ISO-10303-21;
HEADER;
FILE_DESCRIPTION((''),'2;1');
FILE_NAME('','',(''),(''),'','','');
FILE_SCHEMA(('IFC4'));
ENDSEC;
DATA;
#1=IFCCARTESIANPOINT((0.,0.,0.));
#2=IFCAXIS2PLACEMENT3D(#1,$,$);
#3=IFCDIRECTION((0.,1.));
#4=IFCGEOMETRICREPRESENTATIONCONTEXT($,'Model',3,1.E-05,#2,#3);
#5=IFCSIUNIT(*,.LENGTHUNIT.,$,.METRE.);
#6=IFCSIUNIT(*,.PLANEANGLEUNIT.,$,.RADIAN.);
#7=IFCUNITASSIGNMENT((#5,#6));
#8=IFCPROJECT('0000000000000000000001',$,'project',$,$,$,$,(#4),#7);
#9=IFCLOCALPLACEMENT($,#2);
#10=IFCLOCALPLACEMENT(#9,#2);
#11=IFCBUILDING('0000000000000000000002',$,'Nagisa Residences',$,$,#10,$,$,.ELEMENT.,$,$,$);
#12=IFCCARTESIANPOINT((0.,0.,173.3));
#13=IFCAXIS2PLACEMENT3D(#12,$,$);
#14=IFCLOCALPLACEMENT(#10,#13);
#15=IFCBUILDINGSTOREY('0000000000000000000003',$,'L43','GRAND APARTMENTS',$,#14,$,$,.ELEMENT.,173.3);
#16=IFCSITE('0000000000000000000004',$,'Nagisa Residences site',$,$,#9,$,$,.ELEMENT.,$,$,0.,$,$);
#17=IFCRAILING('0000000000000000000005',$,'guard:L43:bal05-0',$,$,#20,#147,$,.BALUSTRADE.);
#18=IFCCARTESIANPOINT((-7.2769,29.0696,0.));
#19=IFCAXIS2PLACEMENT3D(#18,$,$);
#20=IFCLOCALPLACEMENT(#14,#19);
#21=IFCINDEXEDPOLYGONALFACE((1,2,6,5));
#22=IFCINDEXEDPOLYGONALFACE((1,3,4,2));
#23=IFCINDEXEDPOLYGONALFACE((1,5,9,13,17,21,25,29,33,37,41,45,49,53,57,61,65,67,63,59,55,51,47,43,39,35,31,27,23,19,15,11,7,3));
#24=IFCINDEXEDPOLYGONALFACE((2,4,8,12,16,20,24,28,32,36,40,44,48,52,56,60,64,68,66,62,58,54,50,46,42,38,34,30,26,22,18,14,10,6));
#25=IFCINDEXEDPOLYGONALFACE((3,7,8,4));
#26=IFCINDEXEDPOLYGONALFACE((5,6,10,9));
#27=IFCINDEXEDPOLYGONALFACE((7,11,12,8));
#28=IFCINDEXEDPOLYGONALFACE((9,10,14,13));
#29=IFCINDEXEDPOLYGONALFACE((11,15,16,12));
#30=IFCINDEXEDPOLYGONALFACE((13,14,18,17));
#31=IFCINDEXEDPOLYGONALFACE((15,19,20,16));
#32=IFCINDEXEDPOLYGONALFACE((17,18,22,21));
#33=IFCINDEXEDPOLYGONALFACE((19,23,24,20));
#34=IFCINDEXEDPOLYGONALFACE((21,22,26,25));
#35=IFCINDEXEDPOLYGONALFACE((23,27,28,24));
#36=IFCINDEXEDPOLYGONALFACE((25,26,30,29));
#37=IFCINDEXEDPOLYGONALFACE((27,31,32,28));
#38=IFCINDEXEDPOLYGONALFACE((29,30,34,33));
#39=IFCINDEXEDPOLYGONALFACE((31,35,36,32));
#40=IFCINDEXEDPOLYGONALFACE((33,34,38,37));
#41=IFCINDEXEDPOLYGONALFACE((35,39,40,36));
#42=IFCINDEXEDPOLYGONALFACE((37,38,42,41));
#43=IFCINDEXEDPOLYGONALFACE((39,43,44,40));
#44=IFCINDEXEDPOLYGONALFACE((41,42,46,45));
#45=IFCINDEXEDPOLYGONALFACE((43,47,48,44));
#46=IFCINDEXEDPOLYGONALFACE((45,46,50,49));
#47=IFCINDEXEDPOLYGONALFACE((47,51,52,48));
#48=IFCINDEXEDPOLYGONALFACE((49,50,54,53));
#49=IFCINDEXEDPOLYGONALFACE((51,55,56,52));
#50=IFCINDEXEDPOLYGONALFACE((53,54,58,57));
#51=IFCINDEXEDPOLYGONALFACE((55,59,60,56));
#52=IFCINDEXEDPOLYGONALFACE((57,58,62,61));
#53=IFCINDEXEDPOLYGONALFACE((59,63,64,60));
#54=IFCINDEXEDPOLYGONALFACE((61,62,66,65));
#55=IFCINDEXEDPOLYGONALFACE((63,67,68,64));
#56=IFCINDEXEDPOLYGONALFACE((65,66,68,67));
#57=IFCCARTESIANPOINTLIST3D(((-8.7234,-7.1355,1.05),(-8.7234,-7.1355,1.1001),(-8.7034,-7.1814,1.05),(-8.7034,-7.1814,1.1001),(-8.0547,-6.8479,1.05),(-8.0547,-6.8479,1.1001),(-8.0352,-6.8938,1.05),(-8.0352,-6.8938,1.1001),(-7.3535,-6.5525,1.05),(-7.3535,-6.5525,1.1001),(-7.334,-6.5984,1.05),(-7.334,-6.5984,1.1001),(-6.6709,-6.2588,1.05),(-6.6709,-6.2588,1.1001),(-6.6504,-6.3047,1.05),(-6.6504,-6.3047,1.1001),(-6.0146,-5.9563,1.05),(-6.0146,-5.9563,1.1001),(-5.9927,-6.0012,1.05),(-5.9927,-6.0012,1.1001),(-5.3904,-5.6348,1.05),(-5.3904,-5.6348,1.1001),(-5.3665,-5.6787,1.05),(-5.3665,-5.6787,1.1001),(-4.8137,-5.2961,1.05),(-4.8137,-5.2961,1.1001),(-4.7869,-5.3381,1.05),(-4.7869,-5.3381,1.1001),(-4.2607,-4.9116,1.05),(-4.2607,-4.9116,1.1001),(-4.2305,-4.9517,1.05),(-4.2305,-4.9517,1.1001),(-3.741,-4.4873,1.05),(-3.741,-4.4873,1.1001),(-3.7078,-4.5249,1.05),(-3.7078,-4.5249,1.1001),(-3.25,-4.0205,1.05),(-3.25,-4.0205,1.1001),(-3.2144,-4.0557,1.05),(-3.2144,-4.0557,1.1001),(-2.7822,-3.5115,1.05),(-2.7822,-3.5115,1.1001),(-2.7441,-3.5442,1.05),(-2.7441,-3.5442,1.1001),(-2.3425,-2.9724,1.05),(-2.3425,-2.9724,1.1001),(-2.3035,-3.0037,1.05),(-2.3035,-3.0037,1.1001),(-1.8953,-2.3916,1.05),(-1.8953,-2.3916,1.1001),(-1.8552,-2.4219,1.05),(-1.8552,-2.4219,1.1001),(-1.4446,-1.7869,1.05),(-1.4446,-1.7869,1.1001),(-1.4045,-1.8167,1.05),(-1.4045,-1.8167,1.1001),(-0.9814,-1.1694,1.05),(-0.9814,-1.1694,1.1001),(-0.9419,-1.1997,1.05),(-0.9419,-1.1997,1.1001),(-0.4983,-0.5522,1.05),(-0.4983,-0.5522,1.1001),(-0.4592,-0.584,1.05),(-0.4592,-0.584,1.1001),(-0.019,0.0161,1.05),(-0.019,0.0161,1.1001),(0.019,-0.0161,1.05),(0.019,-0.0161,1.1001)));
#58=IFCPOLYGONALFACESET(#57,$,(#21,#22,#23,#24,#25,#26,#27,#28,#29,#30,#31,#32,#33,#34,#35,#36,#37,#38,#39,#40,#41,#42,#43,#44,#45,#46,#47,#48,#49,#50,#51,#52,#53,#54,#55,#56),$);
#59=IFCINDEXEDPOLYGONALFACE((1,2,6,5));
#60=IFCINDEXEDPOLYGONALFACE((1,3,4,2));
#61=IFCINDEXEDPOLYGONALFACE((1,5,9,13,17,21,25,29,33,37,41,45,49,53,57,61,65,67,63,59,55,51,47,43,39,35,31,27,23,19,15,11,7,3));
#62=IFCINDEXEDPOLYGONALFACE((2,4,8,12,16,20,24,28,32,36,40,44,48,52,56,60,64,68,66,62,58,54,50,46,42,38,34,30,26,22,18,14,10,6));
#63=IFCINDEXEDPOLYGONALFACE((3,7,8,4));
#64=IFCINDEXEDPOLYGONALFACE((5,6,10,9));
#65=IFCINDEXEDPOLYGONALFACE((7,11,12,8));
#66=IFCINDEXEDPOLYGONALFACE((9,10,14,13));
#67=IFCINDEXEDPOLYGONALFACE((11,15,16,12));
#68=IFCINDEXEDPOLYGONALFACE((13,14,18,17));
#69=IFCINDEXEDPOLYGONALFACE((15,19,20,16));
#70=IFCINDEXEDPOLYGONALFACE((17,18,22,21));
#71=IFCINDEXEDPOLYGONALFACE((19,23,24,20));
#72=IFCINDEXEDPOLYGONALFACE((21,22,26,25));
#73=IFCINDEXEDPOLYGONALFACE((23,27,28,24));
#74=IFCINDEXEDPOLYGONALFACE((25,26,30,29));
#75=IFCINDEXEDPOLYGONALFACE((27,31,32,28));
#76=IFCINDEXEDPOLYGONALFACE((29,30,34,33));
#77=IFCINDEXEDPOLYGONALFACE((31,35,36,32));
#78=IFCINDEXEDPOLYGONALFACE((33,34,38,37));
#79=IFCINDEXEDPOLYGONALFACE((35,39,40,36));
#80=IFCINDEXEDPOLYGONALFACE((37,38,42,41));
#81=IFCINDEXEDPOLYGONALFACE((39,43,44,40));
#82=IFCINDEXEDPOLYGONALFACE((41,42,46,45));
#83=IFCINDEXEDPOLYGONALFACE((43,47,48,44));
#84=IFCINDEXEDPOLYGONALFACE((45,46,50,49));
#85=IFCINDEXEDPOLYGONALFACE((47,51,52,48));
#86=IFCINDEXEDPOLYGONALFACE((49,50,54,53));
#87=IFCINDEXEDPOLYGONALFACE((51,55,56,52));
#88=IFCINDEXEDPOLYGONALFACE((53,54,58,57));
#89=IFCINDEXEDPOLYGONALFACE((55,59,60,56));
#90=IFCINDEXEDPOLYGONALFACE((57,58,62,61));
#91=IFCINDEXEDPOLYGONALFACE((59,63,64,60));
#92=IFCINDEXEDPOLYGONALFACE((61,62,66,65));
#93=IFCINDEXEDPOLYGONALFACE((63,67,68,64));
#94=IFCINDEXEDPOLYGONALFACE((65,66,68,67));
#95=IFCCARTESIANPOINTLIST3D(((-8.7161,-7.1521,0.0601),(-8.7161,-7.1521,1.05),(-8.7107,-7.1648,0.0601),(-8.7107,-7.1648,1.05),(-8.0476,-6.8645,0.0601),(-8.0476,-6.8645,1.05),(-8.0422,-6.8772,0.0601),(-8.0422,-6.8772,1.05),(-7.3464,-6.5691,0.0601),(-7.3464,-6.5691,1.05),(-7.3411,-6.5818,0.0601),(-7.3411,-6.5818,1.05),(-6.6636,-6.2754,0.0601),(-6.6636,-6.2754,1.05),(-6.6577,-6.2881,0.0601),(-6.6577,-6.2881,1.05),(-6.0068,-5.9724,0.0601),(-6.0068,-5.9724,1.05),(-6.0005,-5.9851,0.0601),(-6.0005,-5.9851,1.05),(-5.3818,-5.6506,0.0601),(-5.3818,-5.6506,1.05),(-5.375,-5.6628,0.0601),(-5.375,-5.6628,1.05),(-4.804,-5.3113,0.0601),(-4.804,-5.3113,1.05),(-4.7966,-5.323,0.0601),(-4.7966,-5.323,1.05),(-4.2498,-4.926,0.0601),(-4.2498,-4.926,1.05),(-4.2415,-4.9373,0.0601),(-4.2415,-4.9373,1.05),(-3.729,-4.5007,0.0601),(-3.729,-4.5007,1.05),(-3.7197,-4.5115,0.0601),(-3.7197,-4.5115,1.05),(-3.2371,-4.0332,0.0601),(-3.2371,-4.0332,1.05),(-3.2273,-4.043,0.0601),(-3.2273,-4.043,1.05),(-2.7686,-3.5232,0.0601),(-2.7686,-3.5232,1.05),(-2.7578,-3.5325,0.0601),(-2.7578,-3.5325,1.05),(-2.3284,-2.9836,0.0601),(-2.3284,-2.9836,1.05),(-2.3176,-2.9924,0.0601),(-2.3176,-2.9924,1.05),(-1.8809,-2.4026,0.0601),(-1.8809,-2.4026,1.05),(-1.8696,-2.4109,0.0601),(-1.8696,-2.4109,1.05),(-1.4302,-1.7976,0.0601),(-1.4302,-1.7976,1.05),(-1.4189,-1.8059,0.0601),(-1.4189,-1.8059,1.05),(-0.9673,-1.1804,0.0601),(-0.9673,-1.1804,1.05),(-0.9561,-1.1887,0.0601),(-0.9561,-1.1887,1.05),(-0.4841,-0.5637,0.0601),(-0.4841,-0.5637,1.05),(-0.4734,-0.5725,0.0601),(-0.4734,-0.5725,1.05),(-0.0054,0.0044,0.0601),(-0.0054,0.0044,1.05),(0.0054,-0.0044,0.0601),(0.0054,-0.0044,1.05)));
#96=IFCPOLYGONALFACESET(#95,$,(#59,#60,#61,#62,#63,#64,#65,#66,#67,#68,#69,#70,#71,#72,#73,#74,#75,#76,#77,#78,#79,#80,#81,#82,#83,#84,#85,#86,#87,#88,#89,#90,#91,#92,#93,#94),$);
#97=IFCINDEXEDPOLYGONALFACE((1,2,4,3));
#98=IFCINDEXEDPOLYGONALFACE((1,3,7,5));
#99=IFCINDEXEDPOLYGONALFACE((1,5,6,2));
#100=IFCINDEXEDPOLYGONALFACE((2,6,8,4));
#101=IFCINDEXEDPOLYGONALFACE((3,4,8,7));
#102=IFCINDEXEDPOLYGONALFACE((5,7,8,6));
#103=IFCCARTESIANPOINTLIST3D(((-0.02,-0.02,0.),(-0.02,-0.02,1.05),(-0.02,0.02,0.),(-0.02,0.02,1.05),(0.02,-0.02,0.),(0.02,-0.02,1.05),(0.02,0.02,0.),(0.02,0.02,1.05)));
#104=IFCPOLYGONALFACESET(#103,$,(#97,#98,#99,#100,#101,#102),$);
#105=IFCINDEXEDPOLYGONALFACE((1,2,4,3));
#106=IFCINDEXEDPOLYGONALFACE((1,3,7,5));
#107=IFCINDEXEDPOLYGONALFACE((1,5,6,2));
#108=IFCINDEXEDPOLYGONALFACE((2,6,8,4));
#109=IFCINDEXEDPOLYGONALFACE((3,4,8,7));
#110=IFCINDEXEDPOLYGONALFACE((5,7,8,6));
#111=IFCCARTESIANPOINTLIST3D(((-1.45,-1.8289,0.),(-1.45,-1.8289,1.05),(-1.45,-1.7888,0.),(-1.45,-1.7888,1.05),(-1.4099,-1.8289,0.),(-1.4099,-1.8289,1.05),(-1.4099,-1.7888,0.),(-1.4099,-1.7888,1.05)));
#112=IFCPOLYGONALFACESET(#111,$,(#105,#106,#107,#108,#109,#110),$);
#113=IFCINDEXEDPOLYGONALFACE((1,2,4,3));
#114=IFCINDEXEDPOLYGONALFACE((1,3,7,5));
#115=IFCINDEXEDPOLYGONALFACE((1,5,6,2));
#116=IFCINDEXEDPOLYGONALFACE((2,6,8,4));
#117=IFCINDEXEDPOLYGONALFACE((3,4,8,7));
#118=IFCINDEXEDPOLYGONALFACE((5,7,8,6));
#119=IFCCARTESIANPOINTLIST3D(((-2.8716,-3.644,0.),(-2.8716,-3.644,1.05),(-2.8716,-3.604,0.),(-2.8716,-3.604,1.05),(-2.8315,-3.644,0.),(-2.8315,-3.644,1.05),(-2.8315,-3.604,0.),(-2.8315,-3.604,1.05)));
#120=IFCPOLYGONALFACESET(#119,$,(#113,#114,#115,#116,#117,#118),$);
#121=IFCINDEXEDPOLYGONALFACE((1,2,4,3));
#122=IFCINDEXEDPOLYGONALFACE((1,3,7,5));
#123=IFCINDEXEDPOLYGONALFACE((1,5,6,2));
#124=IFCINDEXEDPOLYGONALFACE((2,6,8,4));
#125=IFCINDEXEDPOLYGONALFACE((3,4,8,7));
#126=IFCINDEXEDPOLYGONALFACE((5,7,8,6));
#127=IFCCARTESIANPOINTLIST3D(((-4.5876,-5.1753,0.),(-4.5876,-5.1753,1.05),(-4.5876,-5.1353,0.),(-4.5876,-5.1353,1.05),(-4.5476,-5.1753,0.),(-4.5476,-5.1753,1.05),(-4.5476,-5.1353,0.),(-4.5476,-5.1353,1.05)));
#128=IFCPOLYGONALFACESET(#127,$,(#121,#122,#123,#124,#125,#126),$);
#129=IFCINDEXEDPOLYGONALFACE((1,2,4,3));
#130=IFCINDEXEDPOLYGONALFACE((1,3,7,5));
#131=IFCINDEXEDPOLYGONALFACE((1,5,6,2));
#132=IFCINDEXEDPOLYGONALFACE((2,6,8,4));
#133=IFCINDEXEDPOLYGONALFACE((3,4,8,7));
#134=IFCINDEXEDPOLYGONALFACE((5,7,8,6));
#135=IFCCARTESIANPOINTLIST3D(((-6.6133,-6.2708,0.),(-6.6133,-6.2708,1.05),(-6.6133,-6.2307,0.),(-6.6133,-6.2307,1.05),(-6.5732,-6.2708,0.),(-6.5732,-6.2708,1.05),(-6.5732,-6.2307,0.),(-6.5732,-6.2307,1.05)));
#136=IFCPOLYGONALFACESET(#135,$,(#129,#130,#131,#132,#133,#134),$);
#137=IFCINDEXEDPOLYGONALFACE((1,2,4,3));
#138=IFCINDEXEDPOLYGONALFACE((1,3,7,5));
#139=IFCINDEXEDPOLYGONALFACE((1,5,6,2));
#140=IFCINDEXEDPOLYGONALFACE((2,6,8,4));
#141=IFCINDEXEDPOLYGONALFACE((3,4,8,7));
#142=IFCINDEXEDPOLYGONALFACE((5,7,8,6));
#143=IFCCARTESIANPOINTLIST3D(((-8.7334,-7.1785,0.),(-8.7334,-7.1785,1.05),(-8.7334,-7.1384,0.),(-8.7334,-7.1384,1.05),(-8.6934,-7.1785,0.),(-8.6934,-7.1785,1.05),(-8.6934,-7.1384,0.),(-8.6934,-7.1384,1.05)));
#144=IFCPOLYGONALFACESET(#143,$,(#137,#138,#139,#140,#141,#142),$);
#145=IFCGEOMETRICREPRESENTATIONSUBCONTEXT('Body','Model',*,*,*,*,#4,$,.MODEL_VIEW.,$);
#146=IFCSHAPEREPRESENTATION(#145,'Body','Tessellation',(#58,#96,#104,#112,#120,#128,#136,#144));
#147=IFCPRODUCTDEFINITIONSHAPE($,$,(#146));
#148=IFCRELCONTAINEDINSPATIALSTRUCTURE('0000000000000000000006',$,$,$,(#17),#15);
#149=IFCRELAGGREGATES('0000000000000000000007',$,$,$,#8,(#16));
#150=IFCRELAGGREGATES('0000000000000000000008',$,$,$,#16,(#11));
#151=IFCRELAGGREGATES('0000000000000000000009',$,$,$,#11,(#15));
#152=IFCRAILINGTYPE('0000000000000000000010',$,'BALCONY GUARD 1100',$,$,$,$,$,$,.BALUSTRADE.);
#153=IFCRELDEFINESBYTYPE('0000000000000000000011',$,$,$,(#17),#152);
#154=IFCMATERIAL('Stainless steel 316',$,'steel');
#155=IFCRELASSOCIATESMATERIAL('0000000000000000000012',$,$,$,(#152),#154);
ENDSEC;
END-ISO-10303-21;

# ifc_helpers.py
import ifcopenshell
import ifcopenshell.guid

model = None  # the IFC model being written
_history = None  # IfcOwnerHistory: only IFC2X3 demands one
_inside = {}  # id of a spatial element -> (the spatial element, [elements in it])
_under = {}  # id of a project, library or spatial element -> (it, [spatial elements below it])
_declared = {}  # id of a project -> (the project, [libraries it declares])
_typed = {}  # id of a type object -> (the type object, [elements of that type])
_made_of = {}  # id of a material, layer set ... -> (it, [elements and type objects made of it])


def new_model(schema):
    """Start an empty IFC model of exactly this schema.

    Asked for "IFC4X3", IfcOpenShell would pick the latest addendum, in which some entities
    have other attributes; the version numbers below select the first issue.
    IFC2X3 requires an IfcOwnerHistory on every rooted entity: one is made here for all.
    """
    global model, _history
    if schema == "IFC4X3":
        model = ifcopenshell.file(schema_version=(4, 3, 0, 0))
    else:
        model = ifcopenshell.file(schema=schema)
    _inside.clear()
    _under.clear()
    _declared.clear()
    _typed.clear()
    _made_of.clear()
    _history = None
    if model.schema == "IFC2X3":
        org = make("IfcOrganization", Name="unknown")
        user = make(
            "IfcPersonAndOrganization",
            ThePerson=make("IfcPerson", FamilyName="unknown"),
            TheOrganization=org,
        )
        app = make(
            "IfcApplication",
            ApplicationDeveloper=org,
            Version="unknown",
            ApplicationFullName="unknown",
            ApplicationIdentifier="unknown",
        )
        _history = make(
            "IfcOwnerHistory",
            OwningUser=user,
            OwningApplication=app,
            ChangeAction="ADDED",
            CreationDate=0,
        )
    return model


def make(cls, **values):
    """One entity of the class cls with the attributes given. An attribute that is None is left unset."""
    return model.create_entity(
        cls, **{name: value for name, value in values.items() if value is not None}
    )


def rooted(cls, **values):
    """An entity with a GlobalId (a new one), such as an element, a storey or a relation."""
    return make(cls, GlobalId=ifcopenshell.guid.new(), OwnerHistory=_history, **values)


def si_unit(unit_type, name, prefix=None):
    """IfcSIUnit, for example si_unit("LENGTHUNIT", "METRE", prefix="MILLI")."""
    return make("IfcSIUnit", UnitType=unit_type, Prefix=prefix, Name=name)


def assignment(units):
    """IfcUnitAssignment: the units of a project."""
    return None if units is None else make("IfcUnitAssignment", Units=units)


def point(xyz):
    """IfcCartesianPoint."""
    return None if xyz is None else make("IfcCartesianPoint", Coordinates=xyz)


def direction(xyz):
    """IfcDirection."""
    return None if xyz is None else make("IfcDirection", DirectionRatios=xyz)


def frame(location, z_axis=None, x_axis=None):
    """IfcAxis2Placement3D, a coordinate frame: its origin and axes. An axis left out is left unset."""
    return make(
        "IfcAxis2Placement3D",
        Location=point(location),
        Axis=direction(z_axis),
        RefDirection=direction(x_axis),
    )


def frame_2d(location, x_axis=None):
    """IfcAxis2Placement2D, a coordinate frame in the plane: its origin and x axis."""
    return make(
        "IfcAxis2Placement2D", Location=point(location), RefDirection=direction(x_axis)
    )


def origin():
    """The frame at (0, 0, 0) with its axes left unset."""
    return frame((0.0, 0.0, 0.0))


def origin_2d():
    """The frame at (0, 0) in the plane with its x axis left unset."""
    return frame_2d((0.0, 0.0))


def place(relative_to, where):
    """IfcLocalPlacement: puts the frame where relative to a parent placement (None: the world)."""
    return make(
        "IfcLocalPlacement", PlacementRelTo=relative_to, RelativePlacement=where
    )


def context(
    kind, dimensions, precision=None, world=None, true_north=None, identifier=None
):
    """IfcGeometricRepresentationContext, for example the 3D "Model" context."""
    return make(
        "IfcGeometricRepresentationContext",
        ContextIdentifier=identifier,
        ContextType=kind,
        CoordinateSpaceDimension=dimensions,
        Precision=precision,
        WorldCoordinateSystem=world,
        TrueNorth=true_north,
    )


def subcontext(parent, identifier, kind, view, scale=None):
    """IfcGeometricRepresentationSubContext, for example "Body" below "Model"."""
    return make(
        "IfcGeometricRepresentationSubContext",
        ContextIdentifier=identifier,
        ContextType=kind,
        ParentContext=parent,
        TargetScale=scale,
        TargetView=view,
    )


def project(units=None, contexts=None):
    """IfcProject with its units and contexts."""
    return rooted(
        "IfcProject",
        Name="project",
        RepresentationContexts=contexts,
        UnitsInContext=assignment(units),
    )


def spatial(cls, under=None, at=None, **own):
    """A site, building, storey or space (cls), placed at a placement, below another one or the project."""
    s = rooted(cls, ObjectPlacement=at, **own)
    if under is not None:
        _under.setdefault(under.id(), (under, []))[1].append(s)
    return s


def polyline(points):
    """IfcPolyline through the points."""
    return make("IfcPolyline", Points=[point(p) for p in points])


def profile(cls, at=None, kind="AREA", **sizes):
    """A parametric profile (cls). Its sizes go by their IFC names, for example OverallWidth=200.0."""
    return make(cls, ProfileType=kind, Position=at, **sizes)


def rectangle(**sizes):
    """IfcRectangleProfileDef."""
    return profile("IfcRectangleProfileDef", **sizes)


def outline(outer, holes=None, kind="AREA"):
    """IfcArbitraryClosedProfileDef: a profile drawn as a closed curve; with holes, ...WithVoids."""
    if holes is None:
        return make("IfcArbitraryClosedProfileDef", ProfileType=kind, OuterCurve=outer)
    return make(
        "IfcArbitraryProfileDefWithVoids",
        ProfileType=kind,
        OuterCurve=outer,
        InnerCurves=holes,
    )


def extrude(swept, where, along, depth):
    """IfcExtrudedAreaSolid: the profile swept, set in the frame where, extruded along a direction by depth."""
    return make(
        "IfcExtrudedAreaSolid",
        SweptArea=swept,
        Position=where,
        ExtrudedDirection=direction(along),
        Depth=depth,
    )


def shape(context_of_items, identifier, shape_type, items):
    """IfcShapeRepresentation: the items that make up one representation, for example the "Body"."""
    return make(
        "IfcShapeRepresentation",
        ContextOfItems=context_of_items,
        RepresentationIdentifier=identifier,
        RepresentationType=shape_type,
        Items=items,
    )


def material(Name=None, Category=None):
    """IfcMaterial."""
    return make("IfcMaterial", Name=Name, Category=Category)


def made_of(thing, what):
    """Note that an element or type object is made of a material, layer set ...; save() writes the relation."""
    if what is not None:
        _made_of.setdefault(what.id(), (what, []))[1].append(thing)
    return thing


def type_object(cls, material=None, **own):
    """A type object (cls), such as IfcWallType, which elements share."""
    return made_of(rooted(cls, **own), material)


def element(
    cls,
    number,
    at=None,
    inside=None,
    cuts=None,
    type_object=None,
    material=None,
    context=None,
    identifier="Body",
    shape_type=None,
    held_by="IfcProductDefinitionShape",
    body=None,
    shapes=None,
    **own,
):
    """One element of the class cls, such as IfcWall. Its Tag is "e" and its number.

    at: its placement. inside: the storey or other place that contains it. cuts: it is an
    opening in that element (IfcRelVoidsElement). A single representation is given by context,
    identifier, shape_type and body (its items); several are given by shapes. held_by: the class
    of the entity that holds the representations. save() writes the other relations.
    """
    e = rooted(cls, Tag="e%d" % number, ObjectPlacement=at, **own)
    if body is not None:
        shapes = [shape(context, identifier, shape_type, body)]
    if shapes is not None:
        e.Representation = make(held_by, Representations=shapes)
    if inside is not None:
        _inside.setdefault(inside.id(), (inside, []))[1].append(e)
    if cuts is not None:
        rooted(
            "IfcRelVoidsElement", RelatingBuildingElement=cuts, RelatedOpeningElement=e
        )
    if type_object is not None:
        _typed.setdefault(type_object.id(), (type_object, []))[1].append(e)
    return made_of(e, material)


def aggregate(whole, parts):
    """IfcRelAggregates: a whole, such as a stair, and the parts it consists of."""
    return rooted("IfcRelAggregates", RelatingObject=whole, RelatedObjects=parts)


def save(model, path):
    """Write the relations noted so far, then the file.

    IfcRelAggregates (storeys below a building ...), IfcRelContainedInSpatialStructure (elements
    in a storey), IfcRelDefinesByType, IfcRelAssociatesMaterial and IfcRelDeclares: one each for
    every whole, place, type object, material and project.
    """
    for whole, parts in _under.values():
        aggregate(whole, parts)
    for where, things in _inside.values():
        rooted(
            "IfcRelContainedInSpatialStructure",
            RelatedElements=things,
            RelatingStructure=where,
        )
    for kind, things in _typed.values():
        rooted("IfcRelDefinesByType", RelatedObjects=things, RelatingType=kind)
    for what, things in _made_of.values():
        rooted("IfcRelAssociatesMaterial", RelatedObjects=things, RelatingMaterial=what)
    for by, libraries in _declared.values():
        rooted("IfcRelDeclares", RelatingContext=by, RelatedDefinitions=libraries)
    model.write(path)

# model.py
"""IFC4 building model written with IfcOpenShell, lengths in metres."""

from ifc_helpers import new_model, si_unit, direction, frame, origin, origin_2d, place, context, subcontext, project, spatial, polyline, rectangle, outline, extrude, material, type_object, element, save


model = new_model("IFC4")

# Units and contexts
model_context = context("Model", 3, precision=1e-05, world=origin(), true_north=direction((0.0, 1.0)))
body_context = subcontext(model_context, "Body", "Model", "MODEL_VIEW")
ifc_project = project(units=[si_unit("LENGTHUNIT", "METRE"), si_unit("PLANEANGLEUNIT", "RADIAN")], contexts=[model_context])

# Site, building, storey
site_placement = place(None, origin())
site = spatial("IfcSite", under=ifc_project, at=site_placement, Name="Nagisa Residences site", CompositionType="ELEMENT", RefElevation=0.0)
building_placement = place(site_placement, origin())
building = spatial("IfcBuilding", under=site, at=building_placement, Name="Nagisa Residences", CompositionType="ELEMENT")
storey_placement = place(building_placement, frame((0.0, 0.0, 173.3)))
storey = spatial("IfcBuildingStorey", under=building, at=storey_placement, Name="L43", Description="GRAND APARTMENTS", CompositionType="ELEMENT", Elevation=173.3)

# Railing
ifc_material_1 = material(Name="Stainless steel 316", Category="steel")
railing_type = type_object("IfcRailingType", Name="BALCONY GUARD 1100", PredefinedType="BALUSTRADE", material=ifc_material_1)
railing_placement = place(storey_placement, frame((-7.2769, 29.0696, 0.0)))
element("IfcRailing", 1, at=railing_placement, inside=storey, type_object=railing_type, Name="guard:L43:bal05-0", PredefinedType="BALUSTRADE", context=body_context, shape_type="SweptSolid", body=[
    extrude(outline(polyline([(-0.4592, -0.584), (0.019, -0.0161), (-0.019, 0.0161), (-0.4983, -0.5522), (-0.9814, -1.1694), (-1.4446, -1.7869), (-1.8953, -2.3916), (-2.3425, -2.9724), (-2.7822, -3.5115), (-3.25, -4.0205), (-3.741, -4.4873), (-4.2607, -4.9116), (-4.8137, -5.2961), (-5.3904, -5.6348), (-6.0146, -5.9563), (-6.6709, -6.2588), (-7.3535, -6.5525), (-8.0547, -6.8479), (-8.7234, -7.1355), (-8.7034, -7.1814), (-8.0352, -6.8938), (-7.334, -6.5984), (-6.6504, -6.3047), (-5.9927, -6.0012), (-5.3665, -5.6787), (-4.7869, -5.3381), (-4.2305, -4.9517), (-3.7078, -4.5249), (-3.2144, -4.0557), (-2.7441, -3.5442), (-2.3035, -3.0037), (-1.8552, -2.4219), (-1.4045, -1.8167), (-0.9419, -1.1997), (-0.4592, -0.584)])), frame((0.0, 0.0, 1.05)), (0.0, 0.0, 1.0), 0.05),
    extrude(outline(polyline([(-0.4734, -0.5725), (0.0054, -0.0044), (-0.0054, 0.0044), (-0.4841, -0.5637), (-0.9673, -1.1804), (-1.4302, -1.7976), (-1.8809, -2.4026), (-2.3284, -2.9836), (-2.7686, -3.5232), (-3.2371, -4.0332), (-3.729, -4.5007), (-4.2498, -4.926), (-4.804, -5.3113), (-5.3818, -5.6506), (-6.0068, -5.9724), (-6.6636, -6.2754), (-7.3464, -6.5691), (-8.0476, -6.8645), (-8.7161, -7.1521), (-8.7107, -7.1648), (-8.0422, -6.8772), (-7.3411, -6.5818), (-6.6577, -6.2881), (-6.0005, -5.9851), (-5.375, -5.6628), (-4.7966, -5.323), (-4.2415, -4.9373), (-3.7197, -4.5115), (-3.2273, -4.043), (-2.7578, -3.5325), (-2.3176, -2.9924), (-1.8696, -2.4109), (-1.4189, -1.8059), (-0.9561, -1.1887), (-0.4734, -0.5725)])), frame((0.0, 0.0, 0.0601)), (0.0, 0.0, 1.0), 0.99),
    extrude(rectangle(XDim=0.04, YDim=0.04, at=origin_2d()), origin(), (0.0, 0.0, 1.0), 1.05),
    extrude(rectangle(XDim=0.04, YDim=0.04, at=origin_2d()), frame((-1.4299, -1.8088, 0.0)), (0.0, 0.0, 1.0), 1.05),
    extrude(rectangle(XDim=0.04, YDim=0.04, at=origin_2d()), frame((-2.8516, -3.624, 0.0)), (0.0, 0.0, 1.0), 1.05),
    extrude(rectangle(XDim=0.04, YDim=0.04, at=origin_2d()), frame((-4.5676, -5.1553, 0.0)), (0.0, 0.0, 1.0), 1.05),
    extrude(rectangle(XDim=0.04, YDim=0.04, at=origin_2d()), frame((-6.5933, -6.2507, 0.0)), (0.0, 0.0, 1.0), 1.05),
    extrude(rectangle(XDim=0.04, YDim=0.04, at=origin_2d()), frame((-8.7134, -7.1584, 0.0)), (0.0, 0.0, 1.0), 1.05),
])

save(model, "model.ifc")
